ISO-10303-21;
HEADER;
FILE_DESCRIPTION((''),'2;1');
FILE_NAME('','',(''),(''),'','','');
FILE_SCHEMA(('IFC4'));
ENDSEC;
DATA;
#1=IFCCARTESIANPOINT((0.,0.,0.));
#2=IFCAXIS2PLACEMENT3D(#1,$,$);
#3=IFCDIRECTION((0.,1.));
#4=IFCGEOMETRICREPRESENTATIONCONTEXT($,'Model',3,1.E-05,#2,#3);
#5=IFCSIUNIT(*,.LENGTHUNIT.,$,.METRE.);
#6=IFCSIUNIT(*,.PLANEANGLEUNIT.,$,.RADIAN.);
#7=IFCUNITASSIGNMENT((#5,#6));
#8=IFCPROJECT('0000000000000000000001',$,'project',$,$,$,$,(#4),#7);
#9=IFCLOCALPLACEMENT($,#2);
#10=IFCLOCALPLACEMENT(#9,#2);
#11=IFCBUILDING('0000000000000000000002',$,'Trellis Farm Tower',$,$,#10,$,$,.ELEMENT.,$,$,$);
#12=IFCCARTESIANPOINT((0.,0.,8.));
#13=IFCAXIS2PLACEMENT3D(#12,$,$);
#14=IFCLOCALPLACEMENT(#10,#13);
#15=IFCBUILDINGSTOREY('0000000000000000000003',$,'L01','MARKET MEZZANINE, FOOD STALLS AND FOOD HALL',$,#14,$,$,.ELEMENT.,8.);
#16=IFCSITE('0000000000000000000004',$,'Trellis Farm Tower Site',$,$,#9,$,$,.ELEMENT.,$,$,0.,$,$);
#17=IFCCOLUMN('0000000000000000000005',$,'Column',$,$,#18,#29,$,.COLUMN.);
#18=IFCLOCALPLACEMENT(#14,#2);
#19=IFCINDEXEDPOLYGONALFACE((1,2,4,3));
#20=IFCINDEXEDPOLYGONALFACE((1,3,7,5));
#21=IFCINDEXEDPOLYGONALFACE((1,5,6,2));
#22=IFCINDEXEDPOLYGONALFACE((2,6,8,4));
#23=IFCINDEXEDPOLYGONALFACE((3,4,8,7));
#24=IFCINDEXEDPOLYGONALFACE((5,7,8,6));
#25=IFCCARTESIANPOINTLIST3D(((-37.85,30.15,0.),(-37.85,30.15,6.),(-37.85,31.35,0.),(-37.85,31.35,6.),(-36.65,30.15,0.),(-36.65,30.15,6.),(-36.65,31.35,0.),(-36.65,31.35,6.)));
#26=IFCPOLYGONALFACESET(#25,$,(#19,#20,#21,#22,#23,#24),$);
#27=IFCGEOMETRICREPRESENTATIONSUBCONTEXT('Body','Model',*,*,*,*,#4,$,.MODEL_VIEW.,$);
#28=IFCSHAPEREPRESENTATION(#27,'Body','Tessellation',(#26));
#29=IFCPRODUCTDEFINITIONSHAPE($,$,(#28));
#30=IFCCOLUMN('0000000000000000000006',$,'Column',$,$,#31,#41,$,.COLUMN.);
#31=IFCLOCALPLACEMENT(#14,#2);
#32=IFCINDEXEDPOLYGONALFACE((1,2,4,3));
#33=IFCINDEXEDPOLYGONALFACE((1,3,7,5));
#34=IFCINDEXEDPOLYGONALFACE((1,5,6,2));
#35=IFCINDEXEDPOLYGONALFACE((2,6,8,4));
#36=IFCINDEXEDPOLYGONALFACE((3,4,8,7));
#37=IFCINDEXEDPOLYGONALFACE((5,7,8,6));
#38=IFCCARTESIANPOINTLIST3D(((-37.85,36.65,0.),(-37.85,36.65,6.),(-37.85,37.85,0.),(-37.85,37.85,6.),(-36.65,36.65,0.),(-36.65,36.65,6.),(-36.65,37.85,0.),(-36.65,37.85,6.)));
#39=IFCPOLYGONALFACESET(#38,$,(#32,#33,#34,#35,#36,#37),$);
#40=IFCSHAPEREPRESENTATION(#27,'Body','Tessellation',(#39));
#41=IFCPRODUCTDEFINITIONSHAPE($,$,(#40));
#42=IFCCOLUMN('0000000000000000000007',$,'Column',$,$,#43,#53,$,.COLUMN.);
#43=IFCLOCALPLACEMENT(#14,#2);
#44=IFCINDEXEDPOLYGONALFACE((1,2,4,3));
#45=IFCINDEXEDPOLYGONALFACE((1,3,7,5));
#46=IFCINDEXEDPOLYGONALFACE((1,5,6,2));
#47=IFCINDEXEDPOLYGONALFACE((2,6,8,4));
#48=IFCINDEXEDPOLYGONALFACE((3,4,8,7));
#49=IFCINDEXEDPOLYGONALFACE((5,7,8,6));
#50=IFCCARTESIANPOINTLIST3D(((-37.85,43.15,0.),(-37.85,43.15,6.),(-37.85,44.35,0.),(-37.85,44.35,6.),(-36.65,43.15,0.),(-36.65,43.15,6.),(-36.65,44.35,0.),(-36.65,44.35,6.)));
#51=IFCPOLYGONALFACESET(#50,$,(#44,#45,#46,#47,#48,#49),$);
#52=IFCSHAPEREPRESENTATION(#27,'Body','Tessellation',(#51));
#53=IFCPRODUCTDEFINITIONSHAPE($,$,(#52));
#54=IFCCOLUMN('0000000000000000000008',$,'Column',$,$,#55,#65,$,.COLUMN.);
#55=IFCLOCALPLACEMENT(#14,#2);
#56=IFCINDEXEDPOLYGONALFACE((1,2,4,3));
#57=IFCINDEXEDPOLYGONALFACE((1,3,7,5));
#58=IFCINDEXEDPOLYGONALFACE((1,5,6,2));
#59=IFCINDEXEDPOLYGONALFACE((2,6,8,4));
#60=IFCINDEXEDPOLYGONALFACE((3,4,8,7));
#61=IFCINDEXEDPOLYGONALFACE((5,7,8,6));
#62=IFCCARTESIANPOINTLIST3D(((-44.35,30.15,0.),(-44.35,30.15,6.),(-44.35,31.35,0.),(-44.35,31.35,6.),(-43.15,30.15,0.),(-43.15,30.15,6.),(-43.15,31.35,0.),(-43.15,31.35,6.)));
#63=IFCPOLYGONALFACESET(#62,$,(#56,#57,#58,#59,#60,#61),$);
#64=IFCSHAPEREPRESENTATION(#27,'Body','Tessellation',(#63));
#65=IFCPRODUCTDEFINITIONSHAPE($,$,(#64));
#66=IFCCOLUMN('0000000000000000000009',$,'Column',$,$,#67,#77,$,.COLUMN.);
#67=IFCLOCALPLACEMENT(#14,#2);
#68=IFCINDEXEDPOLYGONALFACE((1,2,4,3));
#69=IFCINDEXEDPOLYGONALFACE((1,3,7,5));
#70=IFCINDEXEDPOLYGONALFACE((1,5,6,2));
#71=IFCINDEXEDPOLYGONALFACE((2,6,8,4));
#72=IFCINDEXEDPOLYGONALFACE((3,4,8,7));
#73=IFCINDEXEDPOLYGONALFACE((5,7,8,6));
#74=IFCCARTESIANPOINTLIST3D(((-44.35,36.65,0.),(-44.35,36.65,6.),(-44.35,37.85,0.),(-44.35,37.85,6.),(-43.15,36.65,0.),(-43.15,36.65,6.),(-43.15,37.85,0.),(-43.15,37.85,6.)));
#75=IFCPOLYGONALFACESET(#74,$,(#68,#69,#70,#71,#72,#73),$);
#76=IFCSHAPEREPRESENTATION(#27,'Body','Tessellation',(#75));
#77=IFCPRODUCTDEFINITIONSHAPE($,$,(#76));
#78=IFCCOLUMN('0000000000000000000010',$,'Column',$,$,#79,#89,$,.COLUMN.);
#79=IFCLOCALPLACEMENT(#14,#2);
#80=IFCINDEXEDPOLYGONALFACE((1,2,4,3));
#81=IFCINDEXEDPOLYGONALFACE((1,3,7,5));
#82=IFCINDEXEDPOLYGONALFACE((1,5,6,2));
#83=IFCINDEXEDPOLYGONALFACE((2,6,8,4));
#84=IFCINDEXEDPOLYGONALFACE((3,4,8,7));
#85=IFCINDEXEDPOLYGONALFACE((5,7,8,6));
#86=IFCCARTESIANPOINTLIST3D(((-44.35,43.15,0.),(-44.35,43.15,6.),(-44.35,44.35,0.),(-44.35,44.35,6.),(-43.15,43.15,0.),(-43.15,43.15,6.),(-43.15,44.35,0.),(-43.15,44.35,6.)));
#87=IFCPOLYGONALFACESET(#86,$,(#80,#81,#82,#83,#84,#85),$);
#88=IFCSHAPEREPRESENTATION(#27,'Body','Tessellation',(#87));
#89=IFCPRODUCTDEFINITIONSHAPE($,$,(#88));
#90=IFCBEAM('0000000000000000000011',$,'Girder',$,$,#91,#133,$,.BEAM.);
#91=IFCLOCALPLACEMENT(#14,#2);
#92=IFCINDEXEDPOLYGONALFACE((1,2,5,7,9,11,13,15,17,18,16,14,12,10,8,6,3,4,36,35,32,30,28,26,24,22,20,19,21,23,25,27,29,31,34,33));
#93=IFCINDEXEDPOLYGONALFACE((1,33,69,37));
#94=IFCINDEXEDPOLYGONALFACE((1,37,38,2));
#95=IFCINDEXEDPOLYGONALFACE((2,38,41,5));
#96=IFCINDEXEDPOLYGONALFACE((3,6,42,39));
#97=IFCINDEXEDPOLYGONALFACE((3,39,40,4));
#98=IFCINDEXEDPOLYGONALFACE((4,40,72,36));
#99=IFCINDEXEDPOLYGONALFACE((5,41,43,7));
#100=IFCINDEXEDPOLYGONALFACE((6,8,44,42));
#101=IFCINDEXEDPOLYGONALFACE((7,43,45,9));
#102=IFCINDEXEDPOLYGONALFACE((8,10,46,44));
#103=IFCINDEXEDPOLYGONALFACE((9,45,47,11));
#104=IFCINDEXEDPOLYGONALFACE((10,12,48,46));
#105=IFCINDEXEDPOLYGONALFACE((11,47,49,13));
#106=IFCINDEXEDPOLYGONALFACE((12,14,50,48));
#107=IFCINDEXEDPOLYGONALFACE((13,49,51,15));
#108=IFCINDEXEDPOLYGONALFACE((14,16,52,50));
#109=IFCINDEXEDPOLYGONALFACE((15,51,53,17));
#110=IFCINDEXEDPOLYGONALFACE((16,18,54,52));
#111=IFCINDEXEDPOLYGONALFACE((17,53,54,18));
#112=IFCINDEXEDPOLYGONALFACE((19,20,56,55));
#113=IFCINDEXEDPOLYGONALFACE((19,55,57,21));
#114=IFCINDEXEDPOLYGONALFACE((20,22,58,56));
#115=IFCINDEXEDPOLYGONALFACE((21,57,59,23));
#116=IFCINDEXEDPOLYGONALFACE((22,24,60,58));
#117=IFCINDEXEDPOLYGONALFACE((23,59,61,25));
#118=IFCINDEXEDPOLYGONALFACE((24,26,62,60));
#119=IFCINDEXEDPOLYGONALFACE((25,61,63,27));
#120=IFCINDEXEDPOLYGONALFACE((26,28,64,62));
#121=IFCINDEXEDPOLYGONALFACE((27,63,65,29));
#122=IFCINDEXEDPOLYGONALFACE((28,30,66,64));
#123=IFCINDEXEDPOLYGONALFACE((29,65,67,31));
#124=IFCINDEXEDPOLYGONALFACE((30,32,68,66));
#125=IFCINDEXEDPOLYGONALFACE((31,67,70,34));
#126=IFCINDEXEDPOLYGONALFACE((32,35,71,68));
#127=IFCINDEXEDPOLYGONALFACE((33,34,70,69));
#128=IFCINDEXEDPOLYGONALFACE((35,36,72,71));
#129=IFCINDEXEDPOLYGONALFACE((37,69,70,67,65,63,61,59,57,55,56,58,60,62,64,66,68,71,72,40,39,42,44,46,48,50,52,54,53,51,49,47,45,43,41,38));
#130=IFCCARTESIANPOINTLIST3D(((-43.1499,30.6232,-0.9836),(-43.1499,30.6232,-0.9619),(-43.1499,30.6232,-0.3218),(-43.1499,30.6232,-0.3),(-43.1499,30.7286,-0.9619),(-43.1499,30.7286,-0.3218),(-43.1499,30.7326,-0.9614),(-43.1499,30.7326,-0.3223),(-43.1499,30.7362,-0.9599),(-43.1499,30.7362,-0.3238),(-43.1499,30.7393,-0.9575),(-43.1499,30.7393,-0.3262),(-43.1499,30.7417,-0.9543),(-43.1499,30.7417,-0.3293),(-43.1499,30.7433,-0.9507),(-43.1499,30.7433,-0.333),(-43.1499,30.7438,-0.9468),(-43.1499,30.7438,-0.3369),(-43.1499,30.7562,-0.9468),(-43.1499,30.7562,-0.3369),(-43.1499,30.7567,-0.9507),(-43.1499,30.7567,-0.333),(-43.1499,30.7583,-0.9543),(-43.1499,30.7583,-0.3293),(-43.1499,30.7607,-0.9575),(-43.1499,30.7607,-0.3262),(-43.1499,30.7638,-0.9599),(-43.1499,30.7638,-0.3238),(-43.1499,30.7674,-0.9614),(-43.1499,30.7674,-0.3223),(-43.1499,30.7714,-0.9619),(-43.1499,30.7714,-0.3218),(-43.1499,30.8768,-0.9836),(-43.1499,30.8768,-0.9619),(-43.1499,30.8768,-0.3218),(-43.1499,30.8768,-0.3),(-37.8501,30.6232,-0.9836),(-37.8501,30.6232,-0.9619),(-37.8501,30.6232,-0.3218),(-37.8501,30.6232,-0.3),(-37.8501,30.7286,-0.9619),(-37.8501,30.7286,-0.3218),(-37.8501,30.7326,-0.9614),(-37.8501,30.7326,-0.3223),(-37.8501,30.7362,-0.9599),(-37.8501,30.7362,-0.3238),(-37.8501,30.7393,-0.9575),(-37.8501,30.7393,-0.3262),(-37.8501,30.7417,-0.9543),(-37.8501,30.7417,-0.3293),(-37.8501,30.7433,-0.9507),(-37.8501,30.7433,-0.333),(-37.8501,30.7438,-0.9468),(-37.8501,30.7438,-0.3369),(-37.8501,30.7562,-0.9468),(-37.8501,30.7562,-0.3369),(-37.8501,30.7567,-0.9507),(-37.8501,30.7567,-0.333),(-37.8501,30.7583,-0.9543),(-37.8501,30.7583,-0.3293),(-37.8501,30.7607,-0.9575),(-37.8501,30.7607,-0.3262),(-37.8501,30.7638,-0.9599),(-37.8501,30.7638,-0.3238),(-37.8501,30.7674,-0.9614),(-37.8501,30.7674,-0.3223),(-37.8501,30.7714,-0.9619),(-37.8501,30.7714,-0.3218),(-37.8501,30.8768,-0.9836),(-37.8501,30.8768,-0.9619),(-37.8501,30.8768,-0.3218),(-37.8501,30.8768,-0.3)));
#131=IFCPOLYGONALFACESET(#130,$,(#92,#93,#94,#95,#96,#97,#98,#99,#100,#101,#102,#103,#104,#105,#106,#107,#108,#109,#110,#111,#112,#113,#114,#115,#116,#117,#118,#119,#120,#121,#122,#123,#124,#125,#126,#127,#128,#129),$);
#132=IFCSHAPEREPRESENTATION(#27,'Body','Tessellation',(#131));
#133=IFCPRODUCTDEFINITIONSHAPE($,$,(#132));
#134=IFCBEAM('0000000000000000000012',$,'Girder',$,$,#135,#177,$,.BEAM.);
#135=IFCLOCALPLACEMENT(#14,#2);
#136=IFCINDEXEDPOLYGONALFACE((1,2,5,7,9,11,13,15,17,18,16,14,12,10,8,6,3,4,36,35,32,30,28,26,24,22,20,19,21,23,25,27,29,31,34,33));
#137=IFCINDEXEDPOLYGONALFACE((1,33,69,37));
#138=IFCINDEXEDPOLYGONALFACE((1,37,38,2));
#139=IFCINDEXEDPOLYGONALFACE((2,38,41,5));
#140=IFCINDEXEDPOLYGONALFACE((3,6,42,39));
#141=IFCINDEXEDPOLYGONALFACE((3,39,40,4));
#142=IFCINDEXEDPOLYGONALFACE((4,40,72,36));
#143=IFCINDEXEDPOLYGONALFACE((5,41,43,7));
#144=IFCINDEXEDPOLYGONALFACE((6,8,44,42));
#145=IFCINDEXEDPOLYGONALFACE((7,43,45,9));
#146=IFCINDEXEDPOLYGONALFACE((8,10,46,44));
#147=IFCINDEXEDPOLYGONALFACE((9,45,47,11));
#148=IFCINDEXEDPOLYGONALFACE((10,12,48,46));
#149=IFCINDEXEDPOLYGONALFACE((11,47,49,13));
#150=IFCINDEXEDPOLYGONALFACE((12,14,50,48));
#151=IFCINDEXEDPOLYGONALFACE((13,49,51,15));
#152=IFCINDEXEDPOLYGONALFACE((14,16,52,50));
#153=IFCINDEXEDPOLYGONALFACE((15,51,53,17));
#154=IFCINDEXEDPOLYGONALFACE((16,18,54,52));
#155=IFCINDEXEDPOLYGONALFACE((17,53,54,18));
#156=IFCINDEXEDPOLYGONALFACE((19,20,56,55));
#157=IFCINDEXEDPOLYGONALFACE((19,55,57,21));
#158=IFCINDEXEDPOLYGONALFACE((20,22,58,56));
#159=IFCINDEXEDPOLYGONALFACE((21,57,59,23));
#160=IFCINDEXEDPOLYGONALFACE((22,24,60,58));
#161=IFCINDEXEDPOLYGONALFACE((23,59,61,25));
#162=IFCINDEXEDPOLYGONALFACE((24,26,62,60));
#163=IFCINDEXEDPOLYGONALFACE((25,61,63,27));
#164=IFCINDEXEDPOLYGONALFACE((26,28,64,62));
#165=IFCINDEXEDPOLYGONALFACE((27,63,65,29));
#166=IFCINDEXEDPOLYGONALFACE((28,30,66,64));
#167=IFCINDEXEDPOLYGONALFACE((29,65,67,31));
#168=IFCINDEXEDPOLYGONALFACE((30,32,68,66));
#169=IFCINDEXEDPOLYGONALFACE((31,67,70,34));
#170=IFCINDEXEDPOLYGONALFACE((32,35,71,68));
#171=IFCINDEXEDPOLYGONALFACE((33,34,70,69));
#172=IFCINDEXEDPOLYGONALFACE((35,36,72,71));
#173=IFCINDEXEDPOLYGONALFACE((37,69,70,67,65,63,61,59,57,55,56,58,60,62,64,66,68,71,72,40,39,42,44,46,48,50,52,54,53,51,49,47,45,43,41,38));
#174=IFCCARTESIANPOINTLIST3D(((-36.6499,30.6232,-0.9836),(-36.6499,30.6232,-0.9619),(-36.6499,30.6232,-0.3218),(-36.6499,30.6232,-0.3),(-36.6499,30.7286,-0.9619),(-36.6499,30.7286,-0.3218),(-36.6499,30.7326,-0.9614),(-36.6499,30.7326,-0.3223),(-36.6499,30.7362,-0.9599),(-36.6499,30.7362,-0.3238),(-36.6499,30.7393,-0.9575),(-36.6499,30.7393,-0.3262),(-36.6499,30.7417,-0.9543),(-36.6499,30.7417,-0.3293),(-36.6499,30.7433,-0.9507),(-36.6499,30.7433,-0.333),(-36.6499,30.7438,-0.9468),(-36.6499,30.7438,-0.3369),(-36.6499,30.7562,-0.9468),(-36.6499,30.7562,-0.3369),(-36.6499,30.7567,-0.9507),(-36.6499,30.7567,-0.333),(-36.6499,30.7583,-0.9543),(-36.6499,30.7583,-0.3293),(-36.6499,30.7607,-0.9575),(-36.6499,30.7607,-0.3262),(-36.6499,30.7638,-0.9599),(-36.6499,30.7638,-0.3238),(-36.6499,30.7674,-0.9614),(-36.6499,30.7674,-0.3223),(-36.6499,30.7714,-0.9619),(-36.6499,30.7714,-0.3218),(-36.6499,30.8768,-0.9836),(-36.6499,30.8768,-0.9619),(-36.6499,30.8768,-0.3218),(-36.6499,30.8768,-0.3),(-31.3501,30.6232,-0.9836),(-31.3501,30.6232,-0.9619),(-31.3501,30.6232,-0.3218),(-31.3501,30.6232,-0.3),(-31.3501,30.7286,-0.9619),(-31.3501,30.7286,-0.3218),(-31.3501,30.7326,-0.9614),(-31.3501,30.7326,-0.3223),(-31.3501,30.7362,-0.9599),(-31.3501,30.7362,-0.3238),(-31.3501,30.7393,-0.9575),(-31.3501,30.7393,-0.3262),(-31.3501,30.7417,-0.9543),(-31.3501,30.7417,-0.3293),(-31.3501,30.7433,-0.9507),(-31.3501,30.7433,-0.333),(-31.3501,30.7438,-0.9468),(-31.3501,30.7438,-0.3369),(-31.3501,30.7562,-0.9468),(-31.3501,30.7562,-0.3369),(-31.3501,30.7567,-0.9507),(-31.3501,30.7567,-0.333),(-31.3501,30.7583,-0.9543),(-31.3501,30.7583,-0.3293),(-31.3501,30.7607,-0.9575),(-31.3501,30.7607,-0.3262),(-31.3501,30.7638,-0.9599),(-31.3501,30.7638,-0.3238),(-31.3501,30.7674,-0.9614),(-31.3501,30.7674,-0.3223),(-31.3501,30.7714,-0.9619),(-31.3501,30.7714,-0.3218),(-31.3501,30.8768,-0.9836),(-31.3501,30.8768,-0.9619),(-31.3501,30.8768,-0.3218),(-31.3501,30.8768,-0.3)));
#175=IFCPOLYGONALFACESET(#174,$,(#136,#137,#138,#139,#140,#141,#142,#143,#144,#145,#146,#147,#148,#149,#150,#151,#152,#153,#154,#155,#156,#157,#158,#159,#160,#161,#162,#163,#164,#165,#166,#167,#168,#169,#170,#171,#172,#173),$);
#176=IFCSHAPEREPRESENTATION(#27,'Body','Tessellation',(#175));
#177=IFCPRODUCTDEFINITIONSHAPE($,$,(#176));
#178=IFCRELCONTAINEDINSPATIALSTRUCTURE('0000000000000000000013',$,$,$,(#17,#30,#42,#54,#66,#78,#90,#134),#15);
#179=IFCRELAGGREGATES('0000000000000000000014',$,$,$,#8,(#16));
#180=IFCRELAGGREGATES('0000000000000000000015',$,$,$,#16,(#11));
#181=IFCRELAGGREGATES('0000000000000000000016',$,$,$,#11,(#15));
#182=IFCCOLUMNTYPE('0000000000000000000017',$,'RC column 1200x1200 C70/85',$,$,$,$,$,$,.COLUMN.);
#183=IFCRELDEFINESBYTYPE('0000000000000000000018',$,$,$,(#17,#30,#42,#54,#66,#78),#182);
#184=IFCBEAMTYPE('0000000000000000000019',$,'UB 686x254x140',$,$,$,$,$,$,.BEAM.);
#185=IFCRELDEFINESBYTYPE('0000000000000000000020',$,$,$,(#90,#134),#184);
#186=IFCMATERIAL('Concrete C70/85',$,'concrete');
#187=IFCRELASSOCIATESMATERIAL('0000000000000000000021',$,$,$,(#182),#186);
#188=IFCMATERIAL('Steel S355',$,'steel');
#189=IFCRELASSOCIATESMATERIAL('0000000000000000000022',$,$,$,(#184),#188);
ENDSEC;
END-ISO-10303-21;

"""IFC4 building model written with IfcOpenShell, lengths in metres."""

from ifc_helpers import new_model, si_unit, direction, frame, origin, origin_2d, place, context, subcontext, project, spatial, rectangle, i_section, extrude, source, transform, mapped, material, material_profile, profile_set, type_object, element, save


model = new_model("IFC4")

# Units and contexts
model_context = context("Model", 3, precision=1e-05, world=origin(), true_north=direction((0.0, 1.0)))
body_context = subcontext(model_context, "Body", "Model", "MODEL_VIEW")
ifc_project = project(units=[si_unit("LENGTHUNIT", "METRE"), si_unit("PLANEANGLEUNIT", "RADIAN")], contexts=[model_context])

# Site, building, storey
site_placement = place(None, origin())
site = spatial("IfcSite", under=ifc_project, at=site_placement, Name="Trellis Farm Tower Site", CompositionType="ELEMENT", RefElevation=0.0)
building_placement = place(site_placement, origin())
building = spatial("IfcBuilding", under=site, at=building_placement, Name="Trellis Farm Tower", CompositionType="ELEMENT")
storey_placement = place(building_placement, frame((0.0, 0.0, 8.0)))
storey = spatial("IfcBuildingStorey", under=building, at=storey_placement, Name="L01", Description="MARKET MEZZANINE, FOOD STALLS AND FOOD HALL", CompositionType="ELEMENT", Elevation=8.0)

# Columns
ifc_material_1 = material(Name="Concrete C70/85", Category="concrete")
ifc_material_profile_1 = material_profile(ifc_material_1, rectangle(XDim=1.2, YDim=1.2, at=origin_2d()), Name="RC column 1200x1200 C70/85")
ifc_profile_set_1 = profile_set([ifc_material_profile_1], Name="Concrete C70/85")
column_type = type_object("IfcColumnType", Name="RC column 1200x1200 C70/85", PredefinedType="COLUMN", material=ifc_profile_set_1)
shared_shape_1 = source(origin(), body_context, "Body", "SweptSolid", [
    extrude(rectangle(XDim=1.2, YDim=1.2, at=origin_2d()), origin(), (0.0, 0.0, 1.0), 6.0),
])
for number, where, z_axis, x_axis, name in (
    (1, (-37.25, 30.75, 0.0), (0.0, 0.0, 1.0), (1.0, 0.0, 0.0), "Column"),
    (2, (-37.25, 37.25, 0.0), (0.0, 0.0, 1.0), (1.0, 0.0, 0.0), "Column"),
    (3, (-37.25, 43.75, 0.0), (0.0, 0.0, 1.0), (1.0, 0.0, 0.0), "Column"),
    (4, (-43.75, 30.75, 0.0), (0.0, 0.0, 1.0), (1.0, 0.0, 0.0), "Column"),
    (5, (-43.75, 37.25, 0.0), (0.0, 0.0, 1.0), (1.0, 0.0, 0.0), "Column"),
    (6, (-43.75, 43.75, 0.0), (0.0, 0.0, 1.0), (1.0, 0.0, 0.0), "Column"),
):
    element("IfcColumn", number, at=place(storey_placement, frame(where, z_axis=z_axis, x_axis=x_axis)), inside=storey, type_object=column_type, Name=name, PredefinedType="COLUMN", context=body_context, shape_type="MappedRepresentation", body=[
        mapped(shared_shape_1, transform((0.0, 0.0, 0.0))),
    ])

# Beams
ifc_material_2 = material(Name="Steel S355", Category="steel")
ifc_material_profile_2 = material_profile(ifc_material_2, i_section(OverallWidth=0.2537, OverallDepth=0.6836, WebThickness=0.0125, FlangeThickness=0.0217, FilletRadius=0.0151, at=origin_2d()), Name="UB 686x254x140")
ifc_profile_set_2 = profile_set([ifc_material_profile_2], Name="Steel S355")
beam_type_1 = type_object("IfcBeamType", Name="UB 686x254x140", PredefinedType="BEAM", material=ifc_profile_set_2)
shared_shape_2 = source(origin(), body_context, "Body", "SweptSolid", [
    extrude(i_section(OverallWidth=0.2537, OverallDepth=0.6836, WebThickness=0.0125, FlangeThickness=0.0217, FilletRadius=0.0151, at=origin_2d()), origin(), (0.0, 0.0, 1.0), 5.2998),
])
for number, where, z_axis, x_axis, name in (
    (7, (-43.1499, 30.75, -0.6418), (1.0, 0.0, 0.0), (0.0, 1.0, 0.0), "Girder"),
    (8, (-36.6499, 30.75, -0.6418), (1.0, 0.0, 0.0), (0.0, 1.0, 0.0), "Girder"),
):
    element("IfcBeam", number, at=place(storey_placement, frame(where, z_axis=z_axis, x_axis=x_axis)), inside=storey, type_object=beam_type_1, Name=name, PredefinedType="BEAM", context=body_context, shape_type="MappedRepresentation", body=[
        mapped(shared_shape_2, transform((0.0, 0.0, 0.0))),
    ])

save(model, "model.ifc")
